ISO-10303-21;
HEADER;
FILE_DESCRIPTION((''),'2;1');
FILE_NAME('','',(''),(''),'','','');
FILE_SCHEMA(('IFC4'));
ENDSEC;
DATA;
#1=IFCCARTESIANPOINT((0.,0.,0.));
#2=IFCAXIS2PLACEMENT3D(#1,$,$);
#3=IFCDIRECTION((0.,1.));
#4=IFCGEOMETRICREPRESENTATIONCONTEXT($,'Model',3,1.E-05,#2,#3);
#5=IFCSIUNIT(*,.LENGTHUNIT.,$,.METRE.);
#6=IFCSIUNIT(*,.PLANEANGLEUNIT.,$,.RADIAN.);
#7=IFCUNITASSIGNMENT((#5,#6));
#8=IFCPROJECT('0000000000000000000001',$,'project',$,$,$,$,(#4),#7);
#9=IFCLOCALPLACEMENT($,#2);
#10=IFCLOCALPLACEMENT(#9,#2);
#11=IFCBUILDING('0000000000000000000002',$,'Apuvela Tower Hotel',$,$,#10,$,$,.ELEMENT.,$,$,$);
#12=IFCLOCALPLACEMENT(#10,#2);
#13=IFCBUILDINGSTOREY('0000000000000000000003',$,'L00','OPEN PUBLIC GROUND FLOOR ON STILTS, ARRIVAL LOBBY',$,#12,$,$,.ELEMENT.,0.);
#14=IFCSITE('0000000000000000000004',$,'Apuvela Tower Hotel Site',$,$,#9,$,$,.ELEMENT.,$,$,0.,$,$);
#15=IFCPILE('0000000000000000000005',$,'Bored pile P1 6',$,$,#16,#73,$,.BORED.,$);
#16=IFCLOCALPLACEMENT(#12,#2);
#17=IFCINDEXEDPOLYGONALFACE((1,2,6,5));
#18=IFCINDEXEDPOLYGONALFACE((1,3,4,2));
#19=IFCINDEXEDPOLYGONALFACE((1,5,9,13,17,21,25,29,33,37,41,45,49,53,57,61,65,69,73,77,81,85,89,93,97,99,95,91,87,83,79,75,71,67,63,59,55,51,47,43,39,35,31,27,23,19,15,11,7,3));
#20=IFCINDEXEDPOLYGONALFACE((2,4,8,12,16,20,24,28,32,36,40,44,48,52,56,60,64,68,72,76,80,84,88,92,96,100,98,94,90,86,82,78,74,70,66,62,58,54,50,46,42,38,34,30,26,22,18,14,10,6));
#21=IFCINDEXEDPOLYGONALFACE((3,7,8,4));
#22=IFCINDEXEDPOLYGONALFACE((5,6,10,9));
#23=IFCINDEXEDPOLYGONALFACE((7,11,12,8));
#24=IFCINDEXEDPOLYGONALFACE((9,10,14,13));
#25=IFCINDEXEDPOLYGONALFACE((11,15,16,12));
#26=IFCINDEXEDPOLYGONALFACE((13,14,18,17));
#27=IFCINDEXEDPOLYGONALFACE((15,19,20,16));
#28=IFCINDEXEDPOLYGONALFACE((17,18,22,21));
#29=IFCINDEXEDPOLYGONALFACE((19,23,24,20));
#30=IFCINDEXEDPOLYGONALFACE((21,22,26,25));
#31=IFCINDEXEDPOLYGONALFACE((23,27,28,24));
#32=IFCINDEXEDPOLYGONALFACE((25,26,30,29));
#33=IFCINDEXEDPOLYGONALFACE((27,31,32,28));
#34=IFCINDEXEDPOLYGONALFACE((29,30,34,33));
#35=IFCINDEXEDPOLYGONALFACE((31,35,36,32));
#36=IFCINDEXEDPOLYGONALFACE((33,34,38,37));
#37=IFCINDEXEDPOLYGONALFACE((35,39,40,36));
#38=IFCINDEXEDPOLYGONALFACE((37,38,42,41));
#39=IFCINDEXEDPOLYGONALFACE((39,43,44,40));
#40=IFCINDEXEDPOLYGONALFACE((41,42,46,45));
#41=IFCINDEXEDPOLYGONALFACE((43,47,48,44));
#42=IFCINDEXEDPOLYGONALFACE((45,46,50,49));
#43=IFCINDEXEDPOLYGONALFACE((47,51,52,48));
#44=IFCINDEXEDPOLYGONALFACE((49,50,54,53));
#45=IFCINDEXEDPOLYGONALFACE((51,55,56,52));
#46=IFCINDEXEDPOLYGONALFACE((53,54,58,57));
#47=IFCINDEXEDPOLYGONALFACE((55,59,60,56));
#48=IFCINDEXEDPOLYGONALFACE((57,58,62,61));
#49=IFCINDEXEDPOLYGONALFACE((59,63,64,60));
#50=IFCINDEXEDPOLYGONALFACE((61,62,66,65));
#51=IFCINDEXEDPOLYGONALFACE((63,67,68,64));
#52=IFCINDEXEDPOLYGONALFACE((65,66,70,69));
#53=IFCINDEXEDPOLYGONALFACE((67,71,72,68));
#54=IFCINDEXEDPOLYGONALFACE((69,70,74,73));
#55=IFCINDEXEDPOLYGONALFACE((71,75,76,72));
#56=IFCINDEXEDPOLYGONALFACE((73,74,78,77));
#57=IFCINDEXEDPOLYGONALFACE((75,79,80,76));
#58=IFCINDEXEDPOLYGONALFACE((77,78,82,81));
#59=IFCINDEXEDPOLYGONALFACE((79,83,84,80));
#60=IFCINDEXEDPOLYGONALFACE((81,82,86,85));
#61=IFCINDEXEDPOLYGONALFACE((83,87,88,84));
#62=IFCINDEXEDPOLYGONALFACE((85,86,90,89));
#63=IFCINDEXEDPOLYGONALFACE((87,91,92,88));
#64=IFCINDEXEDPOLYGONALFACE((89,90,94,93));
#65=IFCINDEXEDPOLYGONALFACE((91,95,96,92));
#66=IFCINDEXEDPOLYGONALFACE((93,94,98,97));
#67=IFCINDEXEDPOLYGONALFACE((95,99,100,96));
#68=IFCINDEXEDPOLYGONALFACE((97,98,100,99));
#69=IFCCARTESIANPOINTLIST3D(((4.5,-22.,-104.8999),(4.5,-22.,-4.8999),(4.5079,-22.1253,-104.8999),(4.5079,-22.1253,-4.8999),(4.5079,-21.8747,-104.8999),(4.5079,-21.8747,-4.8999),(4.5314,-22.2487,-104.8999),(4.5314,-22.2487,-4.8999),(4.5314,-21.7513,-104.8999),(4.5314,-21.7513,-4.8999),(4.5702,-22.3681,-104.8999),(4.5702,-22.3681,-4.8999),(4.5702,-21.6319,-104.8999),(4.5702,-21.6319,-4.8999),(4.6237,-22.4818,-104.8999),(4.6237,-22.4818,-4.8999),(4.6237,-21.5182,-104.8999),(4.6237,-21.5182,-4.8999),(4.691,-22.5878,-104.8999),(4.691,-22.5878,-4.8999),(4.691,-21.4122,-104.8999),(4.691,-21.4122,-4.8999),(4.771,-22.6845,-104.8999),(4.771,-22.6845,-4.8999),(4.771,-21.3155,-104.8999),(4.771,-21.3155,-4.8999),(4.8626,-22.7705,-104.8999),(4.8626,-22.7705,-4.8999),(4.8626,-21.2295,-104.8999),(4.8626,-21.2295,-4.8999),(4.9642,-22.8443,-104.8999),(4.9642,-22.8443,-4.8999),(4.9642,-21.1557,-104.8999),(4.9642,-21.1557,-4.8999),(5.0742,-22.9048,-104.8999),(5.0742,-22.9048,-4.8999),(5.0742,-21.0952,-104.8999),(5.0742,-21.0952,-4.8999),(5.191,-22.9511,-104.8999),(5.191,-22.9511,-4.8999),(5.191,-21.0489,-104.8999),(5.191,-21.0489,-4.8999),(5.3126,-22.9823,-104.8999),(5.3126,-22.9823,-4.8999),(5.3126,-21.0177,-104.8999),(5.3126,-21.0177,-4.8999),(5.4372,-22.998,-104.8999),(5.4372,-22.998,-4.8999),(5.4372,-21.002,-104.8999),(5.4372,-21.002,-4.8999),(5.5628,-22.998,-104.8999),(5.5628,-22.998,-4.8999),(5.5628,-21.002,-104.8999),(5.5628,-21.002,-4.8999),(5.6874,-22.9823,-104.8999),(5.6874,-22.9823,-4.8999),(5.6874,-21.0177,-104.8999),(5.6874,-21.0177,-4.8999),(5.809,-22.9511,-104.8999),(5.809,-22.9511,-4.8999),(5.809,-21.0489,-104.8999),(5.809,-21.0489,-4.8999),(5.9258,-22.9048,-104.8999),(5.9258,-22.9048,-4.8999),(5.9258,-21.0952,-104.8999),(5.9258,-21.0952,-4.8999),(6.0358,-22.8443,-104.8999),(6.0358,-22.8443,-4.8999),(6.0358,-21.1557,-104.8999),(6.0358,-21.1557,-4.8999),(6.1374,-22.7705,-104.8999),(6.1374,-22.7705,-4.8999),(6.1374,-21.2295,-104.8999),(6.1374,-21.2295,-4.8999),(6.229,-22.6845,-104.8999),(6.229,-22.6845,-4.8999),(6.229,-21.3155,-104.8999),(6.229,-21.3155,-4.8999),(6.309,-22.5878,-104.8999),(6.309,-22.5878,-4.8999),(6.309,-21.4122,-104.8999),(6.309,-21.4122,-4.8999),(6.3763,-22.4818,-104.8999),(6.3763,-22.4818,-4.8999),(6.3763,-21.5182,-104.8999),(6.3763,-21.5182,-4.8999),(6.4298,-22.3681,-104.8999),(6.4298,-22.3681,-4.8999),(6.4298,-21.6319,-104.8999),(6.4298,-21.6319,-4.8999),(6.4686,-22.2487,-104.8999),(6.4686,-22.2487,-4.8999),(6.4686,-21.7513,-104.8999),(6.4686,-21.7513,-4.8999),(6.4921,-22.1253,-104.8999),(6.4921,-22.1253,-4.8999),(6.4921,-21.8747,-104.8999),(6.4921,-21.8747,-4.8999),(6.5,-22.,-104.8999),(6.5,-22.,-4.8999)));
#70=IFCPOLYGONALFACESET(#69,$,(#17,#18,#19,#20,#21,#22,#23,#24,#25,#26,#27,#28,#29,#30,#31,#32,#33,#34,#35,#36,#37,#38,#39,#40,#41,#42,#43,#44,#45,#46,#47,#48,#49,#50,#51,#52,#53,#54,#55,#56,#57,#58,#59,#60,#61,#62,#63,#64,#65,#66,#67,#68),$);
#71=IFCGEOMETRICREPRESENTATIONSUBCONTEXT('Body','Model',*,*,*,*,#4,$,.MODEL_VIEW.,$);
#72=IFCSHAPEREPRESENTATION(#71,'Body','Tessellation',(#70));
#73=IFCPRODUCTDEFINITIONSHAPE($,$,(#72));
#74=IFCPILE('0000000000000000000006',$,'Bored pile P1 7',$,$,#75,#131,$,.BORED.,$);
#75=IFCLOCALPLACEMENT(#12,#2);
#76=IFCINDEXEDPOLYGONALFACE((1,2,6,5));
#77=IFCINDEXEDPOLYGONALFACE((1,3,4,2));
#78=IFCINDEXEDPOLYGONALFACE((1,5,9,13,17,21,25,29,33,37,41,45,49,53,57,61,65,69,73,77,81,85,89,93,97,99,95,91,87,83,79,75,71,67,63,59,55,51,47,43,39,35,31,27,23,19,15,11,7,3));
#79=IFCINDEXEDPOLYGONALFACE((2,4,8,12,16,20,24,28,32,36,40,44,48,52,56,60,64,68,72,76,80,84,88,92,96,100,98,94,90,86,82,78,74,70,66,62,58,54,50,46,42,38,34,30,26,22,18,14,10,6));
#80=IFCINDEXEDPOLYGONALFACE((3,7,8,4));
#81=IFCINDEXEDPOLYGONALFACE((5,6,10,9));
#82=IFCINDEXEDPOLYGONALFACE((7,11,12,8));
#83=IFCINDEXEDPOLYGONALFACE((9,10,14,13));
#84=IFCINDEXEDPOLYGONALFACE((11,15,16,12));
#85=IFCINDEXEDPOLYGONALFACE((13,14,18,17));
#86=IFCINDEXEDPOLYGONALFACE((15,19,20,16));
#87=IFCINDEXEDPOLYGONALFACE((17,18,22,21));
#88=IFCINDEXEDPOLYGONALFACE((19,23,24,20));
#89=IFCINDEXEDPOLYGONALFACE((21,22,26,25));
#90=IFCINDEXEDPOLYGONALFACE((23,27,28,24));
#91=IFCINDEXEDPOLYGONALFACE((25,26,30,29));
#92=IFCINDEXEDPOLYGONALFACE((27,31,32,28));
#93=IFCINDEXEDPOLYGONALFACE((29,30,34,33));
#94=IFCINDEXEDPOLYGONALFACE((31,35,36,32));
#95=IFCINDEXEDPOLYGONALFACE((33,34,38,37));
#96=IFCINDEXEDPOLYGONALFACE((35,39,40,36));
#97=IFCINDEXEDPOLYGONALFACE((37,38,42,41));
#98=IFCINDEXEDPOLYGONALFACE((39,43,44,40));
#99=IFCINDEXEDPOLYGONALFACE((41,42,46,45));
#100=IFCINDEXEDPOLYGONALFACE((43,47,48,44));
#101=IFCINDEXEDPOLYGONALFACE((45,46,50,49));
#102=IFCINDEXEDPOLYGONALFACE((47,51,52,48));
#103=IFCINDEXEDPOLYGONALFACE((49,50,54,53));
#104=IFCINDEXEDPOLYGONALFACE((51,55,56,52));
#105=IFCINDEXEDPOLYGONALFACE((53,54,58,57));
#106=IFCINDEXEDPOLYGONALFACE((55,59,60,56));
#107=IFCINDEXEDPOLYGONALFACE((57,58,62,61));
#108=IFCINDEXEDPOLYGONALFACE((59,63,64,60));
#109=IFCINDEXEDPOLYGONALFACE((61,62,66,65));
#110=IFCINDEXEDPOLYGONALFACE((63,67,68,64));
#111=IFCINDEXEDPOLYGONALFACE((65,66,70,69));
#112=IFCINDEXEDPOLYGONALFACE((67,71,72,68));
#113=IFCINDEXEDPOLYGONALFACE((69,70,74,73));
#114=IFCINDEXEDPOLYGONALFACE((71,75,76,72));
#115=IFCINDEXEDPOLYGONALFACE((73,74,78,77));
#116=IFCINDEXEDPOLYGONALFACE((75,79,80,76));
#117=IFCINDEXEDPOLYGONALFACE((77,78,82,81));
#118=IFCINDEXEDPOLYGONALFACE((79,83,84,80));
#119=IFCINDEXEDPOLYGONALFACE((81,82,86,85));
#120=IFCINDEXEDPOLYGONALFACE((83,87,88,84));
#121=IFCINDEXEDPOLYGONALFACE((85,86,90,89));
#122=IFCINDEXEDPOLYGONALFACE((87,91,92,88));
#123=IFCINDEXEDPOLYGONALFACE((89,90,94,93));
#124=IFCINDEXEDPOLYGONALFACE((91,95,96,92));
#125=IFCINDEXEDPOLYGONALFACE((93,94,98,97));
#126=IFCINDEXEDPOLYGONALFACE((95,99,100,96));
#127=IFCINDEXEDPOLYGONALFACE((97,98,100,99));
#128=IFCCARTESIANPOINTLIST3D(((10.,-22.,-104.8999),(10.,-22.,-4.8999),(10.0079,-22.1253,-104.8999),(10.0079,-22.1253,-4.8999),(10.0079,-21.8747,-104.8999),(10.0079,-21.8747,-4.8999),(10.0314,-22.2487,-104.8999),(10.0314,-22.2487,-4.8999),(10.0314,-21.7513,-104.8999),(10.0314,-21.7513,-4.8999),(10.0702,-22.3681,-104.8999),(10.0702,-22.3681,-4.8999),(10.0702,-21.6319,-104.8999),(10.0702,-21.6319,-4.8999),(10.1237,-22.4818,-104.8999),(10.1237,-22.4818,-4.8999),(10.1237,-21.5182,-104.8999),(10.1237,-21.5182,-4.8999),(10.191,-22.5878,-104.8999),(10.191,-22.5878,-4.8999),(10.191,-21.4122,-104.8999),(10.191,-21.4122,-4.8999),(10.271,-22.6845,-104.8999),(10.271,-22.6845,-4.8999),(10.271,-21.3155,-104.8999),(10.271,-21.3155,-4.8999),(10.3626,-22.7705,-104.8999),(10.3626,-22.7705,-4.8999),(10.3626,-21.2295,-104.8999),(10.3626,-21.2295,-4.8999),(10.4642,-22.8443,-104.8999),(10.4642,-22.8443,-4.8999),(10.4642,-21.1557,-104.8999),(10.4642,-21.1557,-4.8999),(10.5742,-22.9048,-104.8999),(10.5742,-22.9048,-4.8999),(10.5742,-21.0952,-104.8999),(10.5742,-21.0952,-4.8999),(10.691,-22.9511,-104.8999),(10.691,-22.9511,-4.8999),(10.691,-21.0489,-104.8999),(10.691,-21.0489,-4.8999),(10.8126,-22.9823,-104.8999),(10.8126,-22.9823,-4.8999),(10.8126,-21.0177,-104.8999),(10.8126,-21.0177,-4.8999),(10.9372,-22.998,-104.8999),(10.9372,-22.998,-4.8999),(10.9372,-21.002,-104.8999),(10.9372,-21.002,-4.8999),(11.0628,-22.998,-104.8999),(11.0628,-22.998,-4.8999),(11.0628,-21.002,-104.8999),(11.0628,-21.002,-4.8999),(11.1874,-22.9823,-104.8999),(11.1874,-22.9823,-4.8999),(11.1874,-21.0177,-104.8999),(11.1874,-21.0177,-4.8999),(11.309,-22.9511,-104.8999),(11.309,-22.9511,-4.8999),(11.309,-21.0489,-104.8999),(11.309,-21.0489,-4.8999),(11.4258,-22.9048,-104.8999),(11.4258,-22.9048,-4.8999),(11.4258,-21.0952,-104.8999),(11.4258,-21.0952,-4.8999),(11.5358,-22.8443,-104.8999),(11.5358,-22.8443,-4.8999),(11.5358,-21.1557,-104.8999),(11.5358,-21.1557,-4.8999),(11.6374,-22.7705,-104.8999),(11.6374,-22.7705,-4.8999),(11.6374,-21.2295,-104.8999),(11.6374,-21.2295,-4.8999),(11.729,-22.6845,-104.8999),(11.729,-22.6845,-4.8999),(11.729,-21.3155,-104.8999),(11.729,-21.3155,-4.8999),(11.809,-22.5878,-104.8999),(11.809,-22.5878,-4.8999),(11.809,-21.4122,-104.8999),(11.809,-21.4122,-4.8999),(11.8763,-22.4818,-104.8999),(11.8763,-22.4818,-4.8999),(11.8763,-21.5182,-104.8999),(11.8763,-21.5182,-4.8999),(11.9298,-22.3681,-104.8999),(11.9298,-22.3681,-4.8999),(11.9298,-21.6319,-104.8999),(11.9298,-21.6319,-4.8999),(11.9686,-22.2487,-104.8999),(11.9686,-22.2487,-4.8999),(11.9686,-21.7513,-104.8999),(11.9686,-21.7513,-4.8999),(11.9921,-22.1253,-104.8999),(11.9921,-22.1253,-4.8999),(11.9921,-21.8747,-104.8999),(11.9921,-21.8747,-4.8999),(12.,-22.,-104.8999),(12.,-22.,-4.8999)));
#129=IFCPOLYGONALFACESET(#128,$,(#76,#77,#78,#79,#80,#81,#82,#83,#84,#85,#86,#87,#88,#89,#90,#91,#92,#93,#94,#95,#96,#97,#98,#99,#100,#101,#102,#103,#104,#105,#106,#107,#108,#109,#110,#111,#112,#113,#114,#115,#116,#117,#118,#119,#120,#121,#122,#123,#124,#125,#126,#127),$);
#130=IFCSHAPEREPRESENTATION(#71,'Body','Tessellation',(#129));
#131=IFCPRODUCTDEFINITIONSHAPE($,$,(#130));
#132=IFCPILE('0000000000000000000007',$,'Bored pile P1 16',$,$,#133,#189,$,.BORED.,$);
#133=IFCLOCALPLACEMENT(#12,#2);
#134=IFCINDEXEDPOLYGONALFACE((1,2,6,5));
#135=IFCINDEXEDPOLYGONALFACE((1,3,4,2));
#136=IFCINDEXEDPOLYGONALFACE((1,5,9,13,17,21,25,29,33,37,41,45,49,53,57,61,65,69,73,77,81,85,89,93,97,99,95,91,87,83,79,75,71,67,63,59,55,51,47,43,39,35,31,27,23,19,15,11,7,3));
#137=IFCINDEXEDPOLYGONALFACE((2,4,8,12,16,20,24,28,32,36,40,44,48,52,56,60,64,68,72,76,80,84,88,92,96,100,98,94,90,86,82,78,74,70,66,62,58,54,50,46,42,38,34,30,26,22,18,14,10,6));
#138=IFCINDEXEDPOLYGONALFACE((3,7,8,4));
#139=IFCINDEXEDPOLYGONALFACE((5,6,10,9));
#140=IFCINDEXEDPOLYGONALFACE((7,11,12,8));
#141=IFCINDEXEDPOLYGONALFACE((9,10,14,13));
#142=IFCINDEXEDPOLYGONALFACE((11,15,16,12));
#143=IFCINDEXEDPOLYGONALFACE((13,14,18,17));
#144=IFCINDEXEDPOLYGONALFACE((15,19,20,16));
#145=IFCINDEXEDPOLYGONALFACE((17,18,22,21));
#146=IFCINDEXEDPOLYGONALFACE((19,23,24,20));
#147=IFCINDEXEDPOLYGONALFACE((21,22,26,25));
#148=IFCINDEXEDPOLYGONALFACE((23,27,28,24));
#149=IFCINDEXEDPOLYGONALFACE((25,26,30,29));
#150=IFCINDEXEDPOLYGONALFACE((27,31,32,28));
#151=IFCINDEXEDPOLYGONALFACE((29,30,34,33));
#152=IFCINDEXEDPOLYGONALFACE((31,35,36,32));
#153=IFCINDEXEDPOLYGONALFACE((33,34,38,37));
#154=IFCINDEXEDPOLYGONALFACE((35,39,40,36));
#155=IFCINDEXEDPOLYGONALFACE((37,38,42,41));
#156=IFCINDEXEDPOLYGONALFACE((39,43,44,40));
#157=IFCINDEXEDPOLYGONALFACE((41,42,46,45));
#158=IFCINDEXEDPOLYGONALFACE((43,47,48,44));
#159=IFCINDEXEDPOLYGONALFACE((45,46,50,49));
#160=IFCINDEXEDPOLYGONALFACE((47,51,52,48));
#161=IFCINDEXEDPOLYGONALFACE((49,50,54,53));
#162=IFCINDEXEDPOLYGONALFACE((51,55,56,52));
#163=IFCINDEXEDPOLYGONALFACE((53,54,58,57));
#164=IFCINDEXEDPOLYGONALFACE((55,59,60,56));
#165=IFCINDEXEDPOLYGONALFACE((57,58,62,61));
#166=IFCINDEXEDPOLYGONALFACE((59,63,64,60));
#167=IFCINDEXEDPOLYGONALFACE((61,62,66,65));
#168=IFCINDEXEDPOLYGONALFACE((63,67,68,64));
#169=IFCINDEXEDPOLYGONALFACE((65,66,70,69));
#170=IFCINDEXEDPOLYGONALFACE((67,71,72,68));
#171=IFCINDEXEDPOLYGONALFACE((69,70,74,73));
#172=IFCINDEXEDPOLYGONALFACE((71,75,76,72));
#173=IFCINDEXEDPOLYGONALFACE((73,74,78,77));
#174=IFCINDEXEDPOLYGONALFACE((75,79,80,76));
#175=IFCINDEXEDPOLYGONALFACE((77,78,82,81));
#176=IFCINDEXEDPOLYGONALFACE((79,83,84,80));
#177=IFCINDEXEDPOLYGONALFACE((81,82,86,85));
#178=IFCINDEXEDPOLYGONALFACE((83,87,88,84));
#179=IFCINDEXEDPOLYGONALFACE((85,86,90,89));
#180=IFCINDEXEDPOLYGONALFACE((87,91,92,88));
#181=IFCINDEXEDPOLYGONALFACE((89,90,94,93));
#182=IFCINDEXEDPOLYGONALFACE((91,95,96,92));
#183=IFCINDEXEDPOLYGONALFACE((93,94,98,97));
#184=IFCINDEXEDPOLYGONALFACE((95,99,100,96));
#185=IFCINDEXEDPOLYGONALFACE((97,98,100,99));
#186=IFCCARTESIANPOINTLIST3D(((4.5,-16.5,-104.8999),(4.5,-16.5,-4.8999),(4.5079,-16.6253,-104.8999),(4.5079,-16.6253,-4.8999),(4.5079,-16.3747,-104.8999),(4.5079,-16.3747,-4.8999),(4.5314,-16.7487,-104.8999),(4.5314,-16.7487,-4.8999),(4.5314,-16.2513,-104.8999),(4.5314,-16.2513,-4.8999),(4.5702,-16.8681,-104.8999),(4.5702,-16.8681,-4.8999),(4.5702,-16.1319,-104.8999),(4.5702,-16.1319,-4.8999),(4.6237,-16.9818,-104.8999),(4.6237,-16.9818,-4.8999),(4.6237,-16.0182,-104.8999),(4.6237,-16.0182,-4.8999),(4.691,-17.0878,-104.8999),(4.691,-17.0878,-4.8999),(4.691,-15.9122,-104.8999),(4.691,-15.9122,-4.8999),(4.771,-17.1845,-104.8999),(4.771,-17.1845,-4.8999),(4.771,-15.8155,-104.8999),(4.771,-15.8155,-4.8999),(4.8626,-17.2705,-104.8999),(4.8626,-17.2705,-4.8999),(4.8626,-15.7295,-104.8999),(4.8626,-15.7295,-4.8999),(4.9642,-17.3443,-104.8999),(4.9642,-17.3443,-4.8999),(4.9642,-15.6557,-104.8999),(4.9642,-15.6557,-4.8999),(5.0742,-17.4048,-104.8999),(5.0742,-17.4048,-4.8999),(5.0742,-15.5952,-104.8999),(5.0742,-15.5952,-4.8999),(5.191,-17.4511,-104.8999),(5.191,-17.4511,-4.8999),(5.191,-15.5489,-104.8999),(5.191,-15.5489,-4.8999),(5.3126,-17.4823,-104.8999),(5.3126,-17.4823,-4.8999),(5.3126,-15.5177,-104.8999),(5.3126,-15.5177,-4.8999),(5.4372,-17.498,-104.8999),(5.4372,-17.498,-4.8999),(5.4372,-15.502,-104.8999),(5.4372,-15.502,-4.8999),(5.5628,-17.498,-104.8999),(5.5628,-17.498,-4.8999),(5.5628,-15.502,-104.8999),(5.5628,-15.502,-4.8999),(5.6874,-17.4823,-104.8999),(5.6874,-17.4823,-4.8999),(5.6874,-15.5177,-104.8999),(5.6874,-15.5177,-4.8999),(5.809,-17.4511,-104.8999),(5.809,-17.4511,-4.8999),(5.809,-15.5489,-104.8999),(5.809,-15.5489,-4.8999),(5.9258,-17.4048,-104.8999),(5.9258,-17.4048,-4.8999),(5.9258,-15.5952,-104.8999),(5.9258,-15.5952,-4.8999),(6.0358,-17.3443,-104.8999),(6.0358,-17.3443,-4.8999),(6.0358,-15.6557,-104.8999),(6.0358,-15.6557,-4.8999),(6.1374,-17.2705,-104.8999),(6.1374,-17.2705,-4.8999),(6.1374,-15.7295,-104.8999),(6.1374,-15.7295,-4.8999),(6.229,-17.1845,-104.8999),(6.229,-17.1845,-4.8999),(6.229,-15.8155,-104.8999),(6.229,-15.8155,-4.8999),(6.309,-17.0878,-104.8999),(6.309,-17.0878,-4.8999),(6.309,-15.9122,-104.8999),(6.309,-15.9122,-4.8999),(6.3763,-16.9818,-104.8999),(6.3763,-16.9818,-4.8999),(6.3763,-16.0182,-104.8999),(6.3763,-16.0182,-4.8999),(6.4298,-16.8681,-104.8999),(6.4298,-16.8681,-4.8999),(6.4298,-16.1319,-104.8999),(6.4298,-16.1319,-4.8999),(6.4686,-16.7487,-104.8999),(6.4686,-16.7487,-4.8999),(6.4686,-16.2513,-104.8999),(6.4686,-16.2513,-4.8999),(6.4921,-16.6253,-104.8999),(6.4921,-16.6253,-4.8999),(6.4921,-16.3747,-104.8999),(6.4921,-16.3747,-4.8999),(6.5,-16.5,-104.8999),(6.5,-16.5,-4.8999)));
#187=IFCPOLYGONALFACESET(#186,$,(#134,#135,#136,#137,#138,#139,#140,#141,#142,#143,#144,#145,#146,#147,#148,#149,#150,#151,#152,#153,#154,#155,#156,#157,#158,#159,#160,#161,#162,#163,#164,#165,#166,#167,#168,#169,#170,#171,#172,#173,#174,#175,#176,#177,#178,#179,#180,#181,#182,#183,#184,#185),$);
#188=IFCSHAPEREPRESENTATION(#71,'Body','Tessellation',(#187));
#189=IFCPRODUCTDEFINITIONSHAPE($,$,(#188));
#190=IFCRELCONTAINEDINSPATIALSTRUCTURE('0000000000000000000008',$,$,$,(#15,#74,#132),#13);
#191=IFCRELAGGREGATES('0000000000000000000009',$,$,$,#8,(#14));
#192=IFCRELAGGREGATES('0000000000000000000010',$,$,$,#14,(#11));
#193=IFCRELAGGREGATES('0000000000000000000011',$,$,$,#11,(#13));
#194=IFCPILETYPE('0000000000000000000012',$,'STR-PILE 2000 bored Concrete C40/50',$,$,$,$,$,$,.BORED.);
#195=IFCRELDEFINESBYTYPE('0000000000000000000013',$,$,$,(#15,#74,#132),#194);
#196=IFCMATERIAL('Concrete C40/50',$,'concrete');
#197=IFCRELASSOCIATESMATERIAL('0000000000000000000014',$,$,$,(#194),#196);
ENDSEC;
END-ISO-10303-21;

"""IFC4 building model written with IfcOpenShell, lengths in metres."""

from ifc_helpers import new_model, si_unit, direction, frame, origin, origin_2d, place, context, subcontext, project, spatial, circle, extrude, material, material_profile, profile_set, type_object, element, save


model = new_model("IFC4")

# Units and contexts
model_context = context("Model", 3, precision=1e-05, world=origin(), true_north=direction((0.0, 1.0)))
body_context = subcontext(model_context, "Body", "Model", "MODEL_VIEW")
ifc_project = project(units=[si_unit("LENGTHUNIT", "METRE"), si_unit("PLANEANGLEUNIT", "RADIAN")], contexts=[model_context])

# Site, building, storey
site_placement = place(None, origin())
site = spatial("IfcSite", under=ifc_project, at=site_placement, Name="Apuvela Tower Hotel Site", CompositionType="ELEMENT", RefElevation=0.0)
building_placement = place(site_placement, origin())
building = spatial("IfcBuilding", under=site, at=building_placement, Name="Apuvela Tower Hotel", CompositionType="ELEMENT")
storey_placement = place(building_placement, origin())
storey = spatial("IfcBuildingStorey", under=building, at=storey_placement, Name="L00", Description="OPEN PUBLIC GROUND FLOOR ON STILTS, ARRIVAL LOBBY", CompositionType="ELEMENT", Elevation=0.0)

# Piles
ifc_material_1 = material(Name="Concrete C40/50", Category="concrete")
ifc_material_profile_1 = material_profile(ifc_material_1, circle(Radius=1.0, at=origin_2d()), Name="PILE 2000")
ifc_profile_set_1 = profile_set([ifc_material_profile_1], Name="Concrete C40/50")
pile_type = type_object("IfcPileType", Name="STR-PILE 2000 bored Concrete C40/50", PredefinedType="BORED", material=ifc_profile_set_1)
for number, where, z_axis, x_axis, name in (
    (1, (5.5, -22.0, -4.8999), (0.0, 0.0, -1.0), (1.0, 0.0, 0.0), "Bored pile P1 6"),
    (2, (11.0, -22.0, -4.8999), (0.0, 0.0, -1.0), (1.0, 0.0, 0.0), "Bored pile P1 7"),
    (3, (5.5, -16.5, -4.8999), (0.0, 0.0, -1.0), (1.0, 0.0, 0.0), "Bored pile P1 16"),
):
    element("IfcPile", number, at=place(storey_placement, frame(where, z_axis=z_axis, x_axis=x_axis)), inside=storey, type_object=pile_type, Name=name, PredefinedType="BORED", context=body_context, shape_type="SweptSolid", body=[
        extrude(circle(Radius=1.0, at=origin_2d()), origin(), (0.0, 0.0, 1.0), 100.0),
    ])

save(model, "model.ifc")
